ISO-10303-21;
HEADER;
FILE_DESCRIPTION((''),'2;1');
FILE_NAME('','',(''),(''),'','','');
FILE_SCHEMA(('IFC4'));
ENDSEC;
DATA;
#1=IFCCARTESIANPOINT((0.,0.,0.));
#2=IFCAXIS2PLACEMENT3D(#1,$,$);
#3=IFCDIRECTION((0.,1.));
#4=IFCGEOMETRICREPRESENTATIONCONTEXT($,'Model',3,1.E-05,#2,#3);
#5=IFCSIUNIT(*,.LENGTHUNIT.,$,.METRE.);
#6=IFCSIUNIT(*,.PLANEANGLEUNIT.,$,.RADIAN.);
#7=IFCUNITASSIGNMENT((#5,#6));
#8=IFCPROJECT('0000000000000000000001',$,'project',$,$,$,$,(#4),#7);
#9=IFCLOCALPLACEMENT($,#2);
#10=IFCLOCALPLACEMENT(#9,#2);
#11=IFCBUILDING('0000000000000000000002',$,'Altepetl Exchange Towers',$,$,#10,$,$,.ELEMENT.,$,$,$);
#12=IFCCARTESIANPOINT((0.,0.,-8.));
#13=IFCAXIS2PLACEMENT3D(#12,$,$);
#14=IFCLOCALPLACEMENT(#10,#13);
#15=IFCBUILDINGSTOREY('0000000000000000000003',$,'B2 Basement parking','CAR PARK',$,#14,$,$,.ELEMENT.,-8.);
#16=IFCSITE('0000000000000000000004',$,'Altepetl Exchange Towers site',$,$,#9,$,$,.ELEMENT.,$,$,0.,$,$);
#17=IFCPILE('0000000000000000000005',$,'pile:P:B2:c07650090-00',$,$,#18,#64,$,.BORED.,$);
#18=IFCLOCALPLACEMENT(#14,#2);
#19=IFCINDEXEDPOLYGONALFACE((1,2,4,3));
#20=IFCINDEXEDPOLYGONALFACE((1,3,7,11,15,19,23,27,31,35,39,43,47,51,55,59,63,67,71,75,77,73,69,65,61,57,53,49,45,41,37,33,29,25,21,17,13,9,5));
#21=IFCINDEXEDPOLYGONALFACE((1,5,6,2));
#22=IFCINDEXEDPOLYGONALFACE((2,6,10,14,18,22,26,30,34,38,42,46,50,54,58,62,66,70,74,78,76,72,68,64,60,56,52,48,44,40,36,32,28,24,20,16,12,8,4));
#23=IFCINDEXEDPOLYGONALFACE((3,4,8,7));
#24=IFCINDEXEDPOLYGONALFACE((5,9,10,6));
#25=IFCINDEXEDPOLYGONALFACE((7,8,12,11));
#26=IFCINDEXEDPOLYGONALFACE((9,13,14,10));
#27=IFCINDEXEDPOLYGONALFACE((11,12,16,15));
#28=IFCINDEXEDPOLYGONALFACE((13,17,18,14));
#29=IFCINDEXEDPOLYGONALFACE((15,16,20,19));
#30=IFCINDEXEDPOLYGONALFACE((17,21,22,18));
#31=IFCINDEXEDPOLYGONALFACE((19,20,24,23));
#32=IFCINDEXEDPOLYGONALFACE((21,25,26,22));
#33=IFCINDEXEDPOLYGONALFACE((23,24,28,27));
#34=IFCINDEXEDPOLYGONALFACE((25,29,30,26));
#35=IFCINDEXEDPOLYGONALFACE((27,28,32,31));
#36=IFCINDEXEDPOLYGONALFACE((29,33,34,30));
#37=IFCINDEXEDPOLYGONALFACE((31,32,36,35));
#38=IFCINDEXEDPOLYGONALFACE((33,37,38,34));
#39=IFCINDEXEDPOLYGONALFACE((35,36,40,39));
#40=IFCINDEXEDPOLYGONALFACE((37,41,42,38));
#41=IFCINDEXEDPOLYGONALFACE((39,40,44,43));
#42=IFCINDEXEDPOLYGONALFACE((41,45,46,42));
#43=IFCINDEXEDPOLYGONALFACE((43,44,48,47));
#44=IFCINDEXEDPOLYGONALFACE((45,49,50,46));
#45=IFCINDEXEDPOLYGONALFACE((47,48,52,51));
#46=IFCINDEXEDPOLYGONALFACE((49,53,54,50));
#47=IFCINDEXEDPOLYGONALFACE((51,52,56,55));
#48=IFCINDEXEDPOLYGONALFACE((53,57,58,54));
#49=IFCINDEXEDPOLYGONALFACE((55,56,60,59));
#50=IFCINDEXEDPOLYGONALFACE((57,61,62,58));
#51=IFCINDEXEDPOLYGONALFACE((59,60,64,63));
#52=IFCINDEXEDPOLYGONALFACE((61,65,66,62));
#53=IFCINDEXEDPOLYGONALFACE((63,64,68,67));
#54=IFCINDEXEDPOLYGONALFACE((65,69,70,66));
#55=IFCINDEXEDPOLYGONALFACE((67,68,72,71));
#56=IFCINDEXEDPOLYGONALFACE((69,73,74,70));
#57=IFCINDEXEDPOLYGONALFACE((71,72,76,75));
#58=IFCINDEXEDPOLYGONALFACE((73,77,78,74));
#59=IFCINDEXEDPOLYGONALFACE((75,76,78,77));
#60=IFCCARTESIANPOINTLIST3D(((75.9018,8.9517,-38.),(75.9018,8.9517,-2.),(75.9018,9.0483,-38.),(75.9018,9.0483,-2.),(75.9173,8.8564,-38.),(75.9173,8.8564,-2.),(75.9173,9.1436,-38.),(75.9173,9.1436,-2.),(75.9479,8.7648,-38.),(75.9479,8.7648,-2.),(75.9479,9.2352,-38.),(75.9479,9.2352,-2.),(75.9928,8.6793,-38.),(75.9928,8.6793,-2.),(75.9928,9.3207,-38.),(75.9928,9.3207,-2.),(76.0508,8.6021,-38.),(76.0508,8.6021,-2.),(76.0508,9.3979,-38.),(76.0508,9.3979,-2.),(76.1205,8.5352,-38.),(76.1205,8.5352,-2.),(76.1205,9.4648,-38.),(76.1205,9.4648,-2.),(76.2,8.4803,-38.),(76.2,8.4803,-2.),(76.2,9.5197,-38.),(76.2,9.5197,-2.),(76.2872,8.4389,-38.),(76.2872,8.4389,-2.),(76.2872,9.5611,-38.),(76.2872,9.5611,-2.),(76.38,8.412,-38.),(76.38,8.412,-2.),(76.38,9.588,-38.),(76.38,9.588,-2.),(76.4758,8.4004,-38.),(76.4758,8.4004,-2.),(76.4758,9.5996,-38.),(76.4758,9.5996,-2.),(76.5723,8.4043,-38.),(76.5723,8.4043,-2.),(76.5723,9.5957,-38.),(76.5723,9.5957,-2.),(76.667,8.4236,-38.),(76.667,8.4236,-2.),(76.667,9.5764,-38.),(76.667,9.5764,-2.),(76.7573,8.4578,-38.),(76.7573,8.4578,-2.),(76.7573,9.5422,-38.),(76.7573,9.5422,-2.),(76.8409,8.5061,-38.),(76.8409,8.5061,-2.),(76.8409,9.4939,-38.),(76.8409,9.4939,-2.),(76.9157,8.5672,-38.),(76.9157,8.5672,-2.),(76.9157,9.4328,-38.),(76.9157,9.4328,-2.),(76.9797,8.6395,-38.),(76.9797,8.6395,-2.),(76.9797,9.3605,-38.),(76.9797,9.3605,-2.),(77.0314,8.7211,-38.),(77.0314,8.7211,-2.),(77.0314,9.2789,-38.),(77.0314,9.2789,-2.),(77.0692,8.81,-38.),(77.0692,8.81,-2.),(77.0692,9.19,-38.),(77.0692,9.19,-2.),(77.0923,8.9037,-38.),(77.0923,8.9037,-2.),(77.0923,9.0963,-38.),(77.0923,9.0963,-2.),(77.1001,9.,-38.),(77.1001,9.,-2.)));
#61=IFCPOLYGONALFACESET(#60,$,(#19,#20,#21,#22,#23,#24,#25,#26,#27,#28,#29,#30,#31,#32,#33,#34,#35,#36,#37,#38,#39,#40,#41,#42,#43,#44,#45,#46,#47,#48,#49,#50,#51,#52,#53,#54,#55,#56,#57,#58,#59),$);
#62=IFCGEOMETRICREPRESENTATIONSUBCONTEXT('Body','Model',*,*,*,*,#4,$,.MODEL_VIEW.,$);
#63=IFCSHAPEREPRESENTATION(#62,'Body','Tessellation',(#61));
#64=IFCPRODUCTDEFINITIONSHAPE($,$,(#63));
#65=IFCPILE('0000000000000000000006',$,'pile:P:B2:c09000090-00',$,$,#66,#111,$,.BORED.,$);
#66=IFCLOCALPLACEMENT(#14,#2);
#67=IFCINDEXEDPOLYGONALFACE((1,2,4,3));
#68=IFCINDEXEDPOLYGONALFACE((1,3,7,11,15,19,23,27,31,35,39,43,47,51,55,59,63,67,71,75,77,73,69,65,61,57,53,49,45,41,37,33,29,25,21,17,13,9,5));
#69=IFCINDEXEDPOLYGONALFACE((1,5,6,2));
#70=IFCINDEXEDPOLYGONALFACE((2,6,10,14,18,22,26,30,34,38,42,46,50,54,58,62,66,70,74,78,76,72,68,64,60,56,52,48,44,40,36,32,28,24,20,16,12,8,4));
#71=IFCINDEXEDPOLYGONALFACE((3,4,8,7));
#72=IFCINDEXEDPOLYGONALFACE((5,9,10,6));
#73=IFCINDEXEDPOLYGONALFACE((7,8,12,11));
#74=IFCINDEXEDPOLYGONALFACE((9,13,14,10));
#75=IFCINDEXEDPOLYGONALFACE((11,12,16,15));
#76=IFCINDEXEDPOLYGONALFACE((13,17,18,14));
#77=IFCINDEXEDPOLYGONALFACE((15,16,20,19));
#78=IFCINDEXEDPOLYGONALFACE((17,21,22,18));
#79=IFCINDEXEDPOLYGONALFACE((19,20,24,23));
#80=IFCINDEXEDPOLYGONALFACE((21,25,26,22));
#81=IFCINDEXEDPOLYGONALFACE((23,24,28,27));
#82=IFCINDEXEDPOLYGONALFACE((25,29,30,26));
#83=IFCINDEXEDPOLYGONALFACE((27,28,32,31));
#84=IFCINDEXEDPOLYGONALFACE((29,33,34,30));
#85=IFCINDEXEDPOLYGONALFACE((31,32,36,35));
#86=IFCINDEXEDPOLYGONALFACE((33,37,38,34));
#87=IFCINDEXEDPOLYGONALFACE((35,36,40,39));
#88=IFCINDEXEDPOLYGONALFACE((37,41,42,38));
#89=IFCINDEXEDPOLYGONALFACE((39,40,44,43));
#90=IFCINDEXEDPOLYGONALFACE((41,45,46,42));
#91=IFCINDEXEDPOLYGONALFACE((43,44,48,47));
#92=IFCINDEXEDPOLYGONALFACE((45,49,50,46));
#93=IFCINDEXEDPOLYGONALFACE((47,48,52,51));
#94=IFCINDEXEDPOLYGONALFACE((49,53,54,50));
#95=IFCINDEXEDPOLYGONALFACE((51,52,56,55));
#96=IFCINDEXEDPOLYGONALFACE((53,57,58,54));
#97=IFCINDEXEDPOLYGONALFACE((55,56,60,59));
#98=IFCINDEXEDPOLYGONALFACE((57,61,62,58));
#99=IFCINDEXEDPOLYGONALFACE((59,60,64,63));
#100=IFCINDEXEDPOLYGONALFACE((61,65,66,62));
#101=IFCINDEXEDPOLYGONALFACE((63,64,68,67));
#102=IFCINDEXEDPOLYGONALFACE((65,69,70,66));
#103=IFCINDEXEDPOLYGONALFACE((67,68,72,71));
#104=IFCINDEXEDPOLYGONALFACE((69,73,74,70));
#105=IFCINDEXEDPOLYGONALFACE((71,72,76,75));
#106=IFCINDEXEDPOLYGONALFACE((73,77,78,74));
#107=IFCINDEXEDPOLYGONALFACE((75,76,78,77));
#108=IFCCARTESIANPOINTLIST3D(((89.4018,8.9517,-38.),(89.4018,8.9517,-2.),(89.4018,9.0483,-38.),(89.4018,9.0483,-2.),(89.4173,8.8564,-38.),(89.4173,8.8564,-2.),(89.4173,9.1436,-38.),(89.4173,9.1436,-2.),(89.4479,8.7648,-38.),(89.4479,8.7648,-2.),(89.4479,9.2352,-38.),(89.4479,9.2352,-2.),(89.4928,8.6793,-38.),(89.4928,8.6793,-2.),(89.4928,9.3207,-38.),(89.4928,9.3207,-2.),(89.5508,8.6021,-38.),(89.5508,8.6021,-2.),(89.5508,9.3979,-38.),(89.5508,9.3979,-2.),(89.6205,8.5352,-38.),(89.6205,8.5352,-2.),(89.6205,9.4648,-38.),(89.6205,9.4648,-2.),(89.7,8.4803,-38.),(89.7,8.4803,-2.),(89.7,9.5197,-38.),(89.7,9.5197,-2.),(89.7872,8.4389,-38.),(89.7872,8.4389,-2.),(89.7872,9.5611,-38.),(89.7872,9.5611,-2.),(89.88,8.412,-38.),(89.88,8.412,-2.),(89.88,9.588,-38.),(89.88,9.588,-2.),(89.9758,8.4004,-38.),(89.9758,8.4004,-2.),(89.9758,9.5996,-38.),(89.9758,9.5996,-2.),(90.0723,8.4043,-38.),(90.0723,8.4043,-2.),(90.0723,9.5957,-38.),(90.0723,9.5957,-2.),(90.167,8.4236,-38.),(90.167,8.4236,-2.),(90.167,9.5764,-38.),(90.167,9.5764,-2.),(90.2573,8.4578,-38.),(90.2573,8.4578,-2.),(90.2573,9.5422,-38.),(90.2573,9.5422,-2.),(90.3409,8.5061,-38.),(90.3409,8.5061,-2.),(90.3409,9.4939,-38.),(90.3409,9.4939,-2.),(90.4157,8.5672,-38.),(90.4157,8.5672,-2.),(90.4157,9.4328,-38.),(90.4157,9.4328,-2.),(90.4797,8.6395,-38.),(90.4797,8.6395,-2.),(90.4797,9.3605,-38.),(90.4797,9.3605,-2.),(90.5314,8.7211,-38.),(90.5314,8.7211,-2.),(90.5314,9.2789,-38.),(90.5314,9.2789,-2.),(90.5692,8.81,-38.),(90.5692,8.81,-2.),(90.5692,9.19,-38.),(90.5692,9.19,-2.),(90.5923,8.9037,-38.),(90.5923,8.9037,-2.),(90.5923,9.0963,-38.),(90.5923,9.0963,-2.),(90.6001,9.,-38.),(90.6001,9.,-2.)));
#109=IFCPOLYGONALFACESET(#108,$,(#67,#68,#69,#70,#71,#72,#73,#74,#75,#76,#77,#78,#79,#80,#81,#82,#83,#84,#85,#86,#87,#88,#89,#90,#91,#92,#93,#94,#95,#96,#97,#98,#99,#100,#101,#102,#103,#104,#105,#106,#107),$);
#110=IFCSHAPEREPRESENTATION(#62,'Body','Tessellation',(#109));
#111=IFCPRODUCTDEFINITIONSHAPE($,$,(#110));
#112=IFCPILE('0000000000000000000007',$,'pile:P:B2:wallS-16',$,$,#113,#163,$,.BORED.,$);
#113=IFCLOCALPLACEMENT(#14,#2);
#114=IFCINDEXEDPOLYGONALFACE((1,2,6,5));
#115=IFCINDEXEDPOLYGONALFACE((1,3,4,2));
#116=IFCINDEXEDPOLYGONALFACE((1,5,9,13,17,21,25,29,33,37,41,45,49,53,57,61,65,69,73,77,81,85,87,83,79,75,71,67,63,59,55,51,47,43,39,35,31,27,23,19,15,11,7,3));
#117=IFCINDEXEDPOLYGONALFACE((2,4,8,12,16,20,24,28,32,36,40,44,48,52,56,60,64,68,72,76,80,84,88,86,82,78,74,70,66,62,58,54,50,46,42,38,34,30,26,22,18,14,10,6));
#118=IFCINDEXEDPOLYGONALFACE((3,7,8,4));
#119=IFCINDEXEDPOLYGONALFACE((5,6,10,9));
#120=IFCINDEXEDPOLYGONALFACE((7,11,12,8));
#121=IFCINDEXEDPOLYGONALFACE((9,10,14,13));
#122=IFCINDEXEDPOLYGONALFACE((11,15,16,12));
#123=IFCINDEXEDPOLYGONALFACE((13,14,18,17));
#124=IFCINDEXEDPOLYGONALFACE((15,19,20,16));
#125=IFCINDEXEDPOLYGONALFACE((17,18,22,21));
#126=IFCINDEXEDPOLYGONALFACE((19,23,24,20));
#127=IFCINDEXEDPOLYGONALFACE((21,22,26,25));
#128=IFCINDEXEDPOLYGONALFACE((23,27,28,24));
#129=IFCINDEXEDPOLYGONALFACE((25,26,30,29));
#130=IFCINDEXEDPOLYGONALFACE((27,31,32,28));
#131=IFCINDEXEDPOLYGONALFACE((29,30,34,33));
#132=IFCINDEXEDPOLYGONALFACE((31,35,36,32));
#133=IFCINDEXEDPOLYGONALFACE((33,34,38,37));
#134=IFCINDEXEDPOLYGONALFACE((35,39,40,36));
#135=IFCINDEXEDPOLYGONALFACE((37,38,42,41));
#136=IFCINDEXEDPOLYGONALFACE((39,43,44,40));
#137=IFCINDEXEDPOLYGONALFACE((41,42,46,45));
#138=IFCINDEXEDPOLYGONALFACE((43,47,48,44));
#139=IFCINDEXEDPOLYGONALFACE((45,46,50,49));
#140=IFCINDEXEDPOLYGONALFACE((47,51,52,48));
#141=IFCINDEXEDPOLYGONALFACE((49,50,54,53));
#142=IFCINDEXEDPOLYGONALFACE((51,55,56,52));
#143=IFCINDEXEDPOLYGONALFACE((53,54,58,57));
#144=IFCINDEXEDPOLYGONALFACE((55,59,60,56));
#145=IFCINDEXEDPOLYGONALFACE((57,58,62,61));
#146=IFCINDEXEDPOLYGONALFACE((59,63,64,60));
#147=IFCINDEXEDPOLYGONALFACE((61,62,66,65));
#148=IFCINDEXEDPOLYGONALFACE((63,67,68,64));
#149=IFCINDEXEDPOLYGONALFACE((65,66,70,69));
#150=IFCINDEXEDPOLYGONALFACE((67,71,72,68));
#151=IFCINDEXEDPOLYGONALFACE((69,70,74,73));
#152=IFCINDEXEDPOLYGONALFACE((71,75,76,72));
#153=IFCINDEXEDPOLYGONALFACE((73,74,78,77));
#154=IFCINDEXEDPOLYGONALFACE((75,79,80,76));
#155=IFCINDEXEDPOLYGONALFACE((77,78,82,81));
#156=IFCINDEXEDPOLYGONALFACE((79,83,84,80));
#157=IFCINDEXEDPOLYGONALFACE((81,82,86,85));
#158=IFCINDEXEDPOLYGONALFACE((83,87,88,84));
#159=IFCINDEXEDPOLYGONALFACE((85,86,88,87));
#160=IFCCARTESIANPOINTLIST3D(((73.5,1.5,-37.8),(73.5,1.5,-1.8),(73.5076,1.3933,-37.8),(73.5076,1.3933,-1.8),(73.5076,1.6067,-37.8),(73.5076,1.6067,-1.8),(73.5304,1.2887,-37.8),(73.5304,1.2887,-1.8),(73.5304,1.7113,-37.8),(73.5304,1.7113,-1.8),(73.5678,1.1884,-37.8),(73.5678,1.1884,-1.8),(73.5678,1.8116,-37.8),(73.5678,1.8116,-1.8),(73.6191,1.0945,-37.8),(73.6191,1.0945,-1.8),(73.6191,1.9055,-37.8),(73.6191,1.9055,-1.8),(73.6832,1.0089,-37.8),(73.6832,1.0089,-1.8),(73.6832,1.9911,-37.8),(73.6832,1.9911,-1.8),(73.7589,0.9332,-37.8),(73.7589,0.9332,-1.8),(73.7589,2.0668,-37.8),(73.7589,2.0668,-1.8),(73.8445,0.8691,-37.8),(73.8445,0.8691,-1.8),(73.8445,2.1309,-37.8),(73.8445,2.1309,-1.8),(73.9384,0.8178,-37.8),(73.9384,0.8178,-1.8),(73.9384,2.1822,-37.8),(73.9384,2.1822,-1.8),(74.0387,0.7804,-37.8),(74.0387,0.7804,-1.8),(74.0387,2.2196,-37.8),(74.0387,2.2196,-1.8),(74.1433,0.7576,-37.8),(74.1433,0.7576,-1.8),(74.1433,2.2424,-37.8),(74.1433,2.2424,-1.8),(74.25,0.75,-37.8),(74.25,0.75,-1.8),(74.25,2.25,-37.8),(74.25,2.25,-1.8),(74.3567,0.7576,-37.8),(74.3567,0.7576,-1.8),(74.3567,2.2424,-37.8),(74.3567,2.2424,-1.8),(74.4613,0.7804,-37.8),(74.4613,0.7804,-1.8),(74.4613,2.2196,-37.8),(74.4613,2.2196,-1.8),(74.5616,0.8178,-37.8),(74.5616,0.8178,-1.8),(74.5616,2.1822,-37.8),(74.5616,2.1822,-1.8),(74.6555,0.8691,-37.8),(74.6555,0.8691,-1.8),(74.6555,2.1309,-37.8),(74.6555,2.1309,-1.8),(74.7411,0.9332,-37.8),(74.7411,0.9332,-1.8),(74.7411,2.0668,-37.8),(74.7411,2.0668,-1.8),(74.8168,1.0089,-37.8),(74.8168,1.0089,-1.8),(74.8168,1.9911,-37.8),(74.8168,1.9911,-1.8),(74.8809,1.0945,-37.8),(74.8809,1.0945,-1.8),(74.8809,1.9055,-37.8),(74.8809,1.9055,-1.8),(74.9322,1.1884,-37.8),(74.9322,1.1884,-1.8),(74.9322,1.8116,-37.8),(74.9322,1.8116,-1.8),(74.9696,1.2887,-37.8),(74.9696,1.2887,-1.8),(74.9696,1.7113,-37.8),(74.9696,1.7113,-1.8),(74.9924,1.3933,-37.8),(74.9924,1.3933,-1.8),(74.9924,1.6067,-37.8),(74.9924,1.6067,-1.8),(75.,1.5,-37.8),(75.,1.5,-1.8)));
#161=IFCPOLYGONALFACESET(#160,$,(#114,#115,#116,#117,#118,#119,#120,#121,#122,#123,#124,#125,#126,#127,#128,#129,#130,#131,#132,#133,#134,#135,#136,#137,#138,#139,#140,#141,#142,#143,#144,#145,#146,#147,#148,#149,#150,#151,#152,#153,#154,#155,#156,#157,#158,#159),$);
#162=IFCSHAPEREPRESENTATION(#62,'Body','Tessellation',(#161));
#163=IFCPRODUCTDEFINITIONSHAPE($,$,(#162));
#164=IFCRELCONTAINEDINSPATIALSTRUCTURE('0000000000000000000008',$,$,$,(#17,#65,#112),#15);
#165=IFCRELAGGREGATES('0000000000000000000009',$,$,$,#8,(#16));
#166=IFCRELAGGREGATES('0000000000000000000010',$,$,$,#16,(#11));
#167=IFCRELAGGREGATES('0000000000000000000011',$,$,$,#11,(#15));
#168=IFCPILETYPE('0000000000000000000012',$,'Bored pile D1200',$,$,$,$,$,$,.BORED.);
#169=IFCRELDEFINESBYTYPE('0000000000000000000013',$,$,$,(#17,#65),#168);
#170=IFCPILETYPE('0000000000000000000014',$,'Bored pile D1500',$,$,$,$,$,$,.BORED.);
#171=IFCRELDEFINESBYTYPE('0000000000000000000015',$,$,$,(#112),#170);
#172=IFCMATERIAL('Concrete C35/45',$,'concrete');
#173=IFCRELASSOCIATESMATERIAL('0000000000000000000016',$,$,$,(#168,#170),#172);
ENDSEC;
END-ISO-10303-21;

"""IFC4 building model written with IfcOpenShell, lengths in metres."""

from ifc_helpers import new_model, si_unit, direction, frame, origin, origin_2d, place, context, subcontext, project, spatial, circle, extrude, material, material_profile, profile_set, type_object, element, save


model = new_model("IFC4")

# Units and contexts
model_context = context("Model", 3, precision=1e-05, world=origin(), true_north=direction((0.0, 1.0)))
body_context = subcontext(model_context, "Body", "Model", "MODEL_VIEW")
ifc_project = project(units=[si_unit("LENGTHUNIT", "METRE"), si_unit("PLANEANGLEUNIT", "RADIAN")], contexts=[model_context])

# Site, building, storey
site_placement = place(None, origin())
site = spatial("IfcSite", under=ifc_project, at=site_placement, Name="Altepetl Exchange Towers site", CompositionType="ELEMENT", RefElevation=0.0)
building_placement = place(site_placement, origin())
building = spatial("IfcBuilding", under=site, at=building_placement, Name="Altepetl Exchange Towers", CompositionType="ELEMENT")
storey_placement = place(building_placement, frame((0.0, 0.0, -8.0)))
storey = spatial("IfcBuildingStorey", under=building, at=storey_placement, Name="B2 Basement parking", Description="CAR PARK", CompositionType="ELEMENT", Elevation=-8.0)

# Piles
ifc_material_1 = material(Name="Concrete C35/45", Category="concrete")
ifc_material_profile_1 = material_profile(ifc_material_1, circle(Radius=0.6001, at=origin_2d()), Name="D1200")
ifc_profile_set_1 = profile_set([ifc_material_profile_1], Name="Concrete C35/45")
pile_type_1 = type_object("IfcPileType", Name="Bored pile D1200", PredefinedType="BORED", material=ifc_profile_set_1)
for number, where, z_axis, x_axis, name in (
    (1, (76.5, 9.0, -2.0), (0.0, 0.0, -1.0), (1.0, 0.0, 0.0), "pile:P:B2:c07650090-00"),
    (2, (90.0, 9.0, -2.0), (0.0, 0.0, -1.0), (1.0, 0.0, 0.0), "pile:P:B2:c09000090-00"),
):
    element("IfcPile", number, at=place(storey_placement, frame(where, z_axis=z_axis, x_axis=x_axis)), inside=storey, type_object=pile_type_1, Name=name, PredefinedType="BORED", context=body_context, shape_type="SweptSolid", body=[
        extrude(circle(Radius=0.6001, at=origin_2d()), origin(), (0.0, 0.0, 1.0), 36.0),
    ])
ifc_material_profile_2 = material_profile(ifc_material_1, circle(Radius=0.75, at=origin_2d()), Name="D1500")
ifc_profile_set_2 = profile_set([ifc_material_profile_2], Name="Concrete C35/45")
pile_type_2 = type_object("IfcPileType", Name="Bored pile D1500", PredefinedType="BORED", material=ifc_profile_set_2)
for number, where, z_axis, x_axis, name in (
    (3, (74.25, 1.5, -1.8), (0.0, 0.0, -1.0), (1.0, 0.0, 0.0), "pile:P:B2:wallS-16"),
):
    element("IfcPile", number, at=place(storey_placement, frame(where, z_axis=z_axis, x_axis=x_axis)), inside=storey, type_object=pile_type_2, Name=name, PredefinedType="BORED", context=body_context, shape_type="SweptSolid", body=[
        extrude(circle(Radius=0.75, at=origin_2d()), origin(), (0.0, 0.0, 1.0), 36.0),
    ])

save(model, "model.ifc")
